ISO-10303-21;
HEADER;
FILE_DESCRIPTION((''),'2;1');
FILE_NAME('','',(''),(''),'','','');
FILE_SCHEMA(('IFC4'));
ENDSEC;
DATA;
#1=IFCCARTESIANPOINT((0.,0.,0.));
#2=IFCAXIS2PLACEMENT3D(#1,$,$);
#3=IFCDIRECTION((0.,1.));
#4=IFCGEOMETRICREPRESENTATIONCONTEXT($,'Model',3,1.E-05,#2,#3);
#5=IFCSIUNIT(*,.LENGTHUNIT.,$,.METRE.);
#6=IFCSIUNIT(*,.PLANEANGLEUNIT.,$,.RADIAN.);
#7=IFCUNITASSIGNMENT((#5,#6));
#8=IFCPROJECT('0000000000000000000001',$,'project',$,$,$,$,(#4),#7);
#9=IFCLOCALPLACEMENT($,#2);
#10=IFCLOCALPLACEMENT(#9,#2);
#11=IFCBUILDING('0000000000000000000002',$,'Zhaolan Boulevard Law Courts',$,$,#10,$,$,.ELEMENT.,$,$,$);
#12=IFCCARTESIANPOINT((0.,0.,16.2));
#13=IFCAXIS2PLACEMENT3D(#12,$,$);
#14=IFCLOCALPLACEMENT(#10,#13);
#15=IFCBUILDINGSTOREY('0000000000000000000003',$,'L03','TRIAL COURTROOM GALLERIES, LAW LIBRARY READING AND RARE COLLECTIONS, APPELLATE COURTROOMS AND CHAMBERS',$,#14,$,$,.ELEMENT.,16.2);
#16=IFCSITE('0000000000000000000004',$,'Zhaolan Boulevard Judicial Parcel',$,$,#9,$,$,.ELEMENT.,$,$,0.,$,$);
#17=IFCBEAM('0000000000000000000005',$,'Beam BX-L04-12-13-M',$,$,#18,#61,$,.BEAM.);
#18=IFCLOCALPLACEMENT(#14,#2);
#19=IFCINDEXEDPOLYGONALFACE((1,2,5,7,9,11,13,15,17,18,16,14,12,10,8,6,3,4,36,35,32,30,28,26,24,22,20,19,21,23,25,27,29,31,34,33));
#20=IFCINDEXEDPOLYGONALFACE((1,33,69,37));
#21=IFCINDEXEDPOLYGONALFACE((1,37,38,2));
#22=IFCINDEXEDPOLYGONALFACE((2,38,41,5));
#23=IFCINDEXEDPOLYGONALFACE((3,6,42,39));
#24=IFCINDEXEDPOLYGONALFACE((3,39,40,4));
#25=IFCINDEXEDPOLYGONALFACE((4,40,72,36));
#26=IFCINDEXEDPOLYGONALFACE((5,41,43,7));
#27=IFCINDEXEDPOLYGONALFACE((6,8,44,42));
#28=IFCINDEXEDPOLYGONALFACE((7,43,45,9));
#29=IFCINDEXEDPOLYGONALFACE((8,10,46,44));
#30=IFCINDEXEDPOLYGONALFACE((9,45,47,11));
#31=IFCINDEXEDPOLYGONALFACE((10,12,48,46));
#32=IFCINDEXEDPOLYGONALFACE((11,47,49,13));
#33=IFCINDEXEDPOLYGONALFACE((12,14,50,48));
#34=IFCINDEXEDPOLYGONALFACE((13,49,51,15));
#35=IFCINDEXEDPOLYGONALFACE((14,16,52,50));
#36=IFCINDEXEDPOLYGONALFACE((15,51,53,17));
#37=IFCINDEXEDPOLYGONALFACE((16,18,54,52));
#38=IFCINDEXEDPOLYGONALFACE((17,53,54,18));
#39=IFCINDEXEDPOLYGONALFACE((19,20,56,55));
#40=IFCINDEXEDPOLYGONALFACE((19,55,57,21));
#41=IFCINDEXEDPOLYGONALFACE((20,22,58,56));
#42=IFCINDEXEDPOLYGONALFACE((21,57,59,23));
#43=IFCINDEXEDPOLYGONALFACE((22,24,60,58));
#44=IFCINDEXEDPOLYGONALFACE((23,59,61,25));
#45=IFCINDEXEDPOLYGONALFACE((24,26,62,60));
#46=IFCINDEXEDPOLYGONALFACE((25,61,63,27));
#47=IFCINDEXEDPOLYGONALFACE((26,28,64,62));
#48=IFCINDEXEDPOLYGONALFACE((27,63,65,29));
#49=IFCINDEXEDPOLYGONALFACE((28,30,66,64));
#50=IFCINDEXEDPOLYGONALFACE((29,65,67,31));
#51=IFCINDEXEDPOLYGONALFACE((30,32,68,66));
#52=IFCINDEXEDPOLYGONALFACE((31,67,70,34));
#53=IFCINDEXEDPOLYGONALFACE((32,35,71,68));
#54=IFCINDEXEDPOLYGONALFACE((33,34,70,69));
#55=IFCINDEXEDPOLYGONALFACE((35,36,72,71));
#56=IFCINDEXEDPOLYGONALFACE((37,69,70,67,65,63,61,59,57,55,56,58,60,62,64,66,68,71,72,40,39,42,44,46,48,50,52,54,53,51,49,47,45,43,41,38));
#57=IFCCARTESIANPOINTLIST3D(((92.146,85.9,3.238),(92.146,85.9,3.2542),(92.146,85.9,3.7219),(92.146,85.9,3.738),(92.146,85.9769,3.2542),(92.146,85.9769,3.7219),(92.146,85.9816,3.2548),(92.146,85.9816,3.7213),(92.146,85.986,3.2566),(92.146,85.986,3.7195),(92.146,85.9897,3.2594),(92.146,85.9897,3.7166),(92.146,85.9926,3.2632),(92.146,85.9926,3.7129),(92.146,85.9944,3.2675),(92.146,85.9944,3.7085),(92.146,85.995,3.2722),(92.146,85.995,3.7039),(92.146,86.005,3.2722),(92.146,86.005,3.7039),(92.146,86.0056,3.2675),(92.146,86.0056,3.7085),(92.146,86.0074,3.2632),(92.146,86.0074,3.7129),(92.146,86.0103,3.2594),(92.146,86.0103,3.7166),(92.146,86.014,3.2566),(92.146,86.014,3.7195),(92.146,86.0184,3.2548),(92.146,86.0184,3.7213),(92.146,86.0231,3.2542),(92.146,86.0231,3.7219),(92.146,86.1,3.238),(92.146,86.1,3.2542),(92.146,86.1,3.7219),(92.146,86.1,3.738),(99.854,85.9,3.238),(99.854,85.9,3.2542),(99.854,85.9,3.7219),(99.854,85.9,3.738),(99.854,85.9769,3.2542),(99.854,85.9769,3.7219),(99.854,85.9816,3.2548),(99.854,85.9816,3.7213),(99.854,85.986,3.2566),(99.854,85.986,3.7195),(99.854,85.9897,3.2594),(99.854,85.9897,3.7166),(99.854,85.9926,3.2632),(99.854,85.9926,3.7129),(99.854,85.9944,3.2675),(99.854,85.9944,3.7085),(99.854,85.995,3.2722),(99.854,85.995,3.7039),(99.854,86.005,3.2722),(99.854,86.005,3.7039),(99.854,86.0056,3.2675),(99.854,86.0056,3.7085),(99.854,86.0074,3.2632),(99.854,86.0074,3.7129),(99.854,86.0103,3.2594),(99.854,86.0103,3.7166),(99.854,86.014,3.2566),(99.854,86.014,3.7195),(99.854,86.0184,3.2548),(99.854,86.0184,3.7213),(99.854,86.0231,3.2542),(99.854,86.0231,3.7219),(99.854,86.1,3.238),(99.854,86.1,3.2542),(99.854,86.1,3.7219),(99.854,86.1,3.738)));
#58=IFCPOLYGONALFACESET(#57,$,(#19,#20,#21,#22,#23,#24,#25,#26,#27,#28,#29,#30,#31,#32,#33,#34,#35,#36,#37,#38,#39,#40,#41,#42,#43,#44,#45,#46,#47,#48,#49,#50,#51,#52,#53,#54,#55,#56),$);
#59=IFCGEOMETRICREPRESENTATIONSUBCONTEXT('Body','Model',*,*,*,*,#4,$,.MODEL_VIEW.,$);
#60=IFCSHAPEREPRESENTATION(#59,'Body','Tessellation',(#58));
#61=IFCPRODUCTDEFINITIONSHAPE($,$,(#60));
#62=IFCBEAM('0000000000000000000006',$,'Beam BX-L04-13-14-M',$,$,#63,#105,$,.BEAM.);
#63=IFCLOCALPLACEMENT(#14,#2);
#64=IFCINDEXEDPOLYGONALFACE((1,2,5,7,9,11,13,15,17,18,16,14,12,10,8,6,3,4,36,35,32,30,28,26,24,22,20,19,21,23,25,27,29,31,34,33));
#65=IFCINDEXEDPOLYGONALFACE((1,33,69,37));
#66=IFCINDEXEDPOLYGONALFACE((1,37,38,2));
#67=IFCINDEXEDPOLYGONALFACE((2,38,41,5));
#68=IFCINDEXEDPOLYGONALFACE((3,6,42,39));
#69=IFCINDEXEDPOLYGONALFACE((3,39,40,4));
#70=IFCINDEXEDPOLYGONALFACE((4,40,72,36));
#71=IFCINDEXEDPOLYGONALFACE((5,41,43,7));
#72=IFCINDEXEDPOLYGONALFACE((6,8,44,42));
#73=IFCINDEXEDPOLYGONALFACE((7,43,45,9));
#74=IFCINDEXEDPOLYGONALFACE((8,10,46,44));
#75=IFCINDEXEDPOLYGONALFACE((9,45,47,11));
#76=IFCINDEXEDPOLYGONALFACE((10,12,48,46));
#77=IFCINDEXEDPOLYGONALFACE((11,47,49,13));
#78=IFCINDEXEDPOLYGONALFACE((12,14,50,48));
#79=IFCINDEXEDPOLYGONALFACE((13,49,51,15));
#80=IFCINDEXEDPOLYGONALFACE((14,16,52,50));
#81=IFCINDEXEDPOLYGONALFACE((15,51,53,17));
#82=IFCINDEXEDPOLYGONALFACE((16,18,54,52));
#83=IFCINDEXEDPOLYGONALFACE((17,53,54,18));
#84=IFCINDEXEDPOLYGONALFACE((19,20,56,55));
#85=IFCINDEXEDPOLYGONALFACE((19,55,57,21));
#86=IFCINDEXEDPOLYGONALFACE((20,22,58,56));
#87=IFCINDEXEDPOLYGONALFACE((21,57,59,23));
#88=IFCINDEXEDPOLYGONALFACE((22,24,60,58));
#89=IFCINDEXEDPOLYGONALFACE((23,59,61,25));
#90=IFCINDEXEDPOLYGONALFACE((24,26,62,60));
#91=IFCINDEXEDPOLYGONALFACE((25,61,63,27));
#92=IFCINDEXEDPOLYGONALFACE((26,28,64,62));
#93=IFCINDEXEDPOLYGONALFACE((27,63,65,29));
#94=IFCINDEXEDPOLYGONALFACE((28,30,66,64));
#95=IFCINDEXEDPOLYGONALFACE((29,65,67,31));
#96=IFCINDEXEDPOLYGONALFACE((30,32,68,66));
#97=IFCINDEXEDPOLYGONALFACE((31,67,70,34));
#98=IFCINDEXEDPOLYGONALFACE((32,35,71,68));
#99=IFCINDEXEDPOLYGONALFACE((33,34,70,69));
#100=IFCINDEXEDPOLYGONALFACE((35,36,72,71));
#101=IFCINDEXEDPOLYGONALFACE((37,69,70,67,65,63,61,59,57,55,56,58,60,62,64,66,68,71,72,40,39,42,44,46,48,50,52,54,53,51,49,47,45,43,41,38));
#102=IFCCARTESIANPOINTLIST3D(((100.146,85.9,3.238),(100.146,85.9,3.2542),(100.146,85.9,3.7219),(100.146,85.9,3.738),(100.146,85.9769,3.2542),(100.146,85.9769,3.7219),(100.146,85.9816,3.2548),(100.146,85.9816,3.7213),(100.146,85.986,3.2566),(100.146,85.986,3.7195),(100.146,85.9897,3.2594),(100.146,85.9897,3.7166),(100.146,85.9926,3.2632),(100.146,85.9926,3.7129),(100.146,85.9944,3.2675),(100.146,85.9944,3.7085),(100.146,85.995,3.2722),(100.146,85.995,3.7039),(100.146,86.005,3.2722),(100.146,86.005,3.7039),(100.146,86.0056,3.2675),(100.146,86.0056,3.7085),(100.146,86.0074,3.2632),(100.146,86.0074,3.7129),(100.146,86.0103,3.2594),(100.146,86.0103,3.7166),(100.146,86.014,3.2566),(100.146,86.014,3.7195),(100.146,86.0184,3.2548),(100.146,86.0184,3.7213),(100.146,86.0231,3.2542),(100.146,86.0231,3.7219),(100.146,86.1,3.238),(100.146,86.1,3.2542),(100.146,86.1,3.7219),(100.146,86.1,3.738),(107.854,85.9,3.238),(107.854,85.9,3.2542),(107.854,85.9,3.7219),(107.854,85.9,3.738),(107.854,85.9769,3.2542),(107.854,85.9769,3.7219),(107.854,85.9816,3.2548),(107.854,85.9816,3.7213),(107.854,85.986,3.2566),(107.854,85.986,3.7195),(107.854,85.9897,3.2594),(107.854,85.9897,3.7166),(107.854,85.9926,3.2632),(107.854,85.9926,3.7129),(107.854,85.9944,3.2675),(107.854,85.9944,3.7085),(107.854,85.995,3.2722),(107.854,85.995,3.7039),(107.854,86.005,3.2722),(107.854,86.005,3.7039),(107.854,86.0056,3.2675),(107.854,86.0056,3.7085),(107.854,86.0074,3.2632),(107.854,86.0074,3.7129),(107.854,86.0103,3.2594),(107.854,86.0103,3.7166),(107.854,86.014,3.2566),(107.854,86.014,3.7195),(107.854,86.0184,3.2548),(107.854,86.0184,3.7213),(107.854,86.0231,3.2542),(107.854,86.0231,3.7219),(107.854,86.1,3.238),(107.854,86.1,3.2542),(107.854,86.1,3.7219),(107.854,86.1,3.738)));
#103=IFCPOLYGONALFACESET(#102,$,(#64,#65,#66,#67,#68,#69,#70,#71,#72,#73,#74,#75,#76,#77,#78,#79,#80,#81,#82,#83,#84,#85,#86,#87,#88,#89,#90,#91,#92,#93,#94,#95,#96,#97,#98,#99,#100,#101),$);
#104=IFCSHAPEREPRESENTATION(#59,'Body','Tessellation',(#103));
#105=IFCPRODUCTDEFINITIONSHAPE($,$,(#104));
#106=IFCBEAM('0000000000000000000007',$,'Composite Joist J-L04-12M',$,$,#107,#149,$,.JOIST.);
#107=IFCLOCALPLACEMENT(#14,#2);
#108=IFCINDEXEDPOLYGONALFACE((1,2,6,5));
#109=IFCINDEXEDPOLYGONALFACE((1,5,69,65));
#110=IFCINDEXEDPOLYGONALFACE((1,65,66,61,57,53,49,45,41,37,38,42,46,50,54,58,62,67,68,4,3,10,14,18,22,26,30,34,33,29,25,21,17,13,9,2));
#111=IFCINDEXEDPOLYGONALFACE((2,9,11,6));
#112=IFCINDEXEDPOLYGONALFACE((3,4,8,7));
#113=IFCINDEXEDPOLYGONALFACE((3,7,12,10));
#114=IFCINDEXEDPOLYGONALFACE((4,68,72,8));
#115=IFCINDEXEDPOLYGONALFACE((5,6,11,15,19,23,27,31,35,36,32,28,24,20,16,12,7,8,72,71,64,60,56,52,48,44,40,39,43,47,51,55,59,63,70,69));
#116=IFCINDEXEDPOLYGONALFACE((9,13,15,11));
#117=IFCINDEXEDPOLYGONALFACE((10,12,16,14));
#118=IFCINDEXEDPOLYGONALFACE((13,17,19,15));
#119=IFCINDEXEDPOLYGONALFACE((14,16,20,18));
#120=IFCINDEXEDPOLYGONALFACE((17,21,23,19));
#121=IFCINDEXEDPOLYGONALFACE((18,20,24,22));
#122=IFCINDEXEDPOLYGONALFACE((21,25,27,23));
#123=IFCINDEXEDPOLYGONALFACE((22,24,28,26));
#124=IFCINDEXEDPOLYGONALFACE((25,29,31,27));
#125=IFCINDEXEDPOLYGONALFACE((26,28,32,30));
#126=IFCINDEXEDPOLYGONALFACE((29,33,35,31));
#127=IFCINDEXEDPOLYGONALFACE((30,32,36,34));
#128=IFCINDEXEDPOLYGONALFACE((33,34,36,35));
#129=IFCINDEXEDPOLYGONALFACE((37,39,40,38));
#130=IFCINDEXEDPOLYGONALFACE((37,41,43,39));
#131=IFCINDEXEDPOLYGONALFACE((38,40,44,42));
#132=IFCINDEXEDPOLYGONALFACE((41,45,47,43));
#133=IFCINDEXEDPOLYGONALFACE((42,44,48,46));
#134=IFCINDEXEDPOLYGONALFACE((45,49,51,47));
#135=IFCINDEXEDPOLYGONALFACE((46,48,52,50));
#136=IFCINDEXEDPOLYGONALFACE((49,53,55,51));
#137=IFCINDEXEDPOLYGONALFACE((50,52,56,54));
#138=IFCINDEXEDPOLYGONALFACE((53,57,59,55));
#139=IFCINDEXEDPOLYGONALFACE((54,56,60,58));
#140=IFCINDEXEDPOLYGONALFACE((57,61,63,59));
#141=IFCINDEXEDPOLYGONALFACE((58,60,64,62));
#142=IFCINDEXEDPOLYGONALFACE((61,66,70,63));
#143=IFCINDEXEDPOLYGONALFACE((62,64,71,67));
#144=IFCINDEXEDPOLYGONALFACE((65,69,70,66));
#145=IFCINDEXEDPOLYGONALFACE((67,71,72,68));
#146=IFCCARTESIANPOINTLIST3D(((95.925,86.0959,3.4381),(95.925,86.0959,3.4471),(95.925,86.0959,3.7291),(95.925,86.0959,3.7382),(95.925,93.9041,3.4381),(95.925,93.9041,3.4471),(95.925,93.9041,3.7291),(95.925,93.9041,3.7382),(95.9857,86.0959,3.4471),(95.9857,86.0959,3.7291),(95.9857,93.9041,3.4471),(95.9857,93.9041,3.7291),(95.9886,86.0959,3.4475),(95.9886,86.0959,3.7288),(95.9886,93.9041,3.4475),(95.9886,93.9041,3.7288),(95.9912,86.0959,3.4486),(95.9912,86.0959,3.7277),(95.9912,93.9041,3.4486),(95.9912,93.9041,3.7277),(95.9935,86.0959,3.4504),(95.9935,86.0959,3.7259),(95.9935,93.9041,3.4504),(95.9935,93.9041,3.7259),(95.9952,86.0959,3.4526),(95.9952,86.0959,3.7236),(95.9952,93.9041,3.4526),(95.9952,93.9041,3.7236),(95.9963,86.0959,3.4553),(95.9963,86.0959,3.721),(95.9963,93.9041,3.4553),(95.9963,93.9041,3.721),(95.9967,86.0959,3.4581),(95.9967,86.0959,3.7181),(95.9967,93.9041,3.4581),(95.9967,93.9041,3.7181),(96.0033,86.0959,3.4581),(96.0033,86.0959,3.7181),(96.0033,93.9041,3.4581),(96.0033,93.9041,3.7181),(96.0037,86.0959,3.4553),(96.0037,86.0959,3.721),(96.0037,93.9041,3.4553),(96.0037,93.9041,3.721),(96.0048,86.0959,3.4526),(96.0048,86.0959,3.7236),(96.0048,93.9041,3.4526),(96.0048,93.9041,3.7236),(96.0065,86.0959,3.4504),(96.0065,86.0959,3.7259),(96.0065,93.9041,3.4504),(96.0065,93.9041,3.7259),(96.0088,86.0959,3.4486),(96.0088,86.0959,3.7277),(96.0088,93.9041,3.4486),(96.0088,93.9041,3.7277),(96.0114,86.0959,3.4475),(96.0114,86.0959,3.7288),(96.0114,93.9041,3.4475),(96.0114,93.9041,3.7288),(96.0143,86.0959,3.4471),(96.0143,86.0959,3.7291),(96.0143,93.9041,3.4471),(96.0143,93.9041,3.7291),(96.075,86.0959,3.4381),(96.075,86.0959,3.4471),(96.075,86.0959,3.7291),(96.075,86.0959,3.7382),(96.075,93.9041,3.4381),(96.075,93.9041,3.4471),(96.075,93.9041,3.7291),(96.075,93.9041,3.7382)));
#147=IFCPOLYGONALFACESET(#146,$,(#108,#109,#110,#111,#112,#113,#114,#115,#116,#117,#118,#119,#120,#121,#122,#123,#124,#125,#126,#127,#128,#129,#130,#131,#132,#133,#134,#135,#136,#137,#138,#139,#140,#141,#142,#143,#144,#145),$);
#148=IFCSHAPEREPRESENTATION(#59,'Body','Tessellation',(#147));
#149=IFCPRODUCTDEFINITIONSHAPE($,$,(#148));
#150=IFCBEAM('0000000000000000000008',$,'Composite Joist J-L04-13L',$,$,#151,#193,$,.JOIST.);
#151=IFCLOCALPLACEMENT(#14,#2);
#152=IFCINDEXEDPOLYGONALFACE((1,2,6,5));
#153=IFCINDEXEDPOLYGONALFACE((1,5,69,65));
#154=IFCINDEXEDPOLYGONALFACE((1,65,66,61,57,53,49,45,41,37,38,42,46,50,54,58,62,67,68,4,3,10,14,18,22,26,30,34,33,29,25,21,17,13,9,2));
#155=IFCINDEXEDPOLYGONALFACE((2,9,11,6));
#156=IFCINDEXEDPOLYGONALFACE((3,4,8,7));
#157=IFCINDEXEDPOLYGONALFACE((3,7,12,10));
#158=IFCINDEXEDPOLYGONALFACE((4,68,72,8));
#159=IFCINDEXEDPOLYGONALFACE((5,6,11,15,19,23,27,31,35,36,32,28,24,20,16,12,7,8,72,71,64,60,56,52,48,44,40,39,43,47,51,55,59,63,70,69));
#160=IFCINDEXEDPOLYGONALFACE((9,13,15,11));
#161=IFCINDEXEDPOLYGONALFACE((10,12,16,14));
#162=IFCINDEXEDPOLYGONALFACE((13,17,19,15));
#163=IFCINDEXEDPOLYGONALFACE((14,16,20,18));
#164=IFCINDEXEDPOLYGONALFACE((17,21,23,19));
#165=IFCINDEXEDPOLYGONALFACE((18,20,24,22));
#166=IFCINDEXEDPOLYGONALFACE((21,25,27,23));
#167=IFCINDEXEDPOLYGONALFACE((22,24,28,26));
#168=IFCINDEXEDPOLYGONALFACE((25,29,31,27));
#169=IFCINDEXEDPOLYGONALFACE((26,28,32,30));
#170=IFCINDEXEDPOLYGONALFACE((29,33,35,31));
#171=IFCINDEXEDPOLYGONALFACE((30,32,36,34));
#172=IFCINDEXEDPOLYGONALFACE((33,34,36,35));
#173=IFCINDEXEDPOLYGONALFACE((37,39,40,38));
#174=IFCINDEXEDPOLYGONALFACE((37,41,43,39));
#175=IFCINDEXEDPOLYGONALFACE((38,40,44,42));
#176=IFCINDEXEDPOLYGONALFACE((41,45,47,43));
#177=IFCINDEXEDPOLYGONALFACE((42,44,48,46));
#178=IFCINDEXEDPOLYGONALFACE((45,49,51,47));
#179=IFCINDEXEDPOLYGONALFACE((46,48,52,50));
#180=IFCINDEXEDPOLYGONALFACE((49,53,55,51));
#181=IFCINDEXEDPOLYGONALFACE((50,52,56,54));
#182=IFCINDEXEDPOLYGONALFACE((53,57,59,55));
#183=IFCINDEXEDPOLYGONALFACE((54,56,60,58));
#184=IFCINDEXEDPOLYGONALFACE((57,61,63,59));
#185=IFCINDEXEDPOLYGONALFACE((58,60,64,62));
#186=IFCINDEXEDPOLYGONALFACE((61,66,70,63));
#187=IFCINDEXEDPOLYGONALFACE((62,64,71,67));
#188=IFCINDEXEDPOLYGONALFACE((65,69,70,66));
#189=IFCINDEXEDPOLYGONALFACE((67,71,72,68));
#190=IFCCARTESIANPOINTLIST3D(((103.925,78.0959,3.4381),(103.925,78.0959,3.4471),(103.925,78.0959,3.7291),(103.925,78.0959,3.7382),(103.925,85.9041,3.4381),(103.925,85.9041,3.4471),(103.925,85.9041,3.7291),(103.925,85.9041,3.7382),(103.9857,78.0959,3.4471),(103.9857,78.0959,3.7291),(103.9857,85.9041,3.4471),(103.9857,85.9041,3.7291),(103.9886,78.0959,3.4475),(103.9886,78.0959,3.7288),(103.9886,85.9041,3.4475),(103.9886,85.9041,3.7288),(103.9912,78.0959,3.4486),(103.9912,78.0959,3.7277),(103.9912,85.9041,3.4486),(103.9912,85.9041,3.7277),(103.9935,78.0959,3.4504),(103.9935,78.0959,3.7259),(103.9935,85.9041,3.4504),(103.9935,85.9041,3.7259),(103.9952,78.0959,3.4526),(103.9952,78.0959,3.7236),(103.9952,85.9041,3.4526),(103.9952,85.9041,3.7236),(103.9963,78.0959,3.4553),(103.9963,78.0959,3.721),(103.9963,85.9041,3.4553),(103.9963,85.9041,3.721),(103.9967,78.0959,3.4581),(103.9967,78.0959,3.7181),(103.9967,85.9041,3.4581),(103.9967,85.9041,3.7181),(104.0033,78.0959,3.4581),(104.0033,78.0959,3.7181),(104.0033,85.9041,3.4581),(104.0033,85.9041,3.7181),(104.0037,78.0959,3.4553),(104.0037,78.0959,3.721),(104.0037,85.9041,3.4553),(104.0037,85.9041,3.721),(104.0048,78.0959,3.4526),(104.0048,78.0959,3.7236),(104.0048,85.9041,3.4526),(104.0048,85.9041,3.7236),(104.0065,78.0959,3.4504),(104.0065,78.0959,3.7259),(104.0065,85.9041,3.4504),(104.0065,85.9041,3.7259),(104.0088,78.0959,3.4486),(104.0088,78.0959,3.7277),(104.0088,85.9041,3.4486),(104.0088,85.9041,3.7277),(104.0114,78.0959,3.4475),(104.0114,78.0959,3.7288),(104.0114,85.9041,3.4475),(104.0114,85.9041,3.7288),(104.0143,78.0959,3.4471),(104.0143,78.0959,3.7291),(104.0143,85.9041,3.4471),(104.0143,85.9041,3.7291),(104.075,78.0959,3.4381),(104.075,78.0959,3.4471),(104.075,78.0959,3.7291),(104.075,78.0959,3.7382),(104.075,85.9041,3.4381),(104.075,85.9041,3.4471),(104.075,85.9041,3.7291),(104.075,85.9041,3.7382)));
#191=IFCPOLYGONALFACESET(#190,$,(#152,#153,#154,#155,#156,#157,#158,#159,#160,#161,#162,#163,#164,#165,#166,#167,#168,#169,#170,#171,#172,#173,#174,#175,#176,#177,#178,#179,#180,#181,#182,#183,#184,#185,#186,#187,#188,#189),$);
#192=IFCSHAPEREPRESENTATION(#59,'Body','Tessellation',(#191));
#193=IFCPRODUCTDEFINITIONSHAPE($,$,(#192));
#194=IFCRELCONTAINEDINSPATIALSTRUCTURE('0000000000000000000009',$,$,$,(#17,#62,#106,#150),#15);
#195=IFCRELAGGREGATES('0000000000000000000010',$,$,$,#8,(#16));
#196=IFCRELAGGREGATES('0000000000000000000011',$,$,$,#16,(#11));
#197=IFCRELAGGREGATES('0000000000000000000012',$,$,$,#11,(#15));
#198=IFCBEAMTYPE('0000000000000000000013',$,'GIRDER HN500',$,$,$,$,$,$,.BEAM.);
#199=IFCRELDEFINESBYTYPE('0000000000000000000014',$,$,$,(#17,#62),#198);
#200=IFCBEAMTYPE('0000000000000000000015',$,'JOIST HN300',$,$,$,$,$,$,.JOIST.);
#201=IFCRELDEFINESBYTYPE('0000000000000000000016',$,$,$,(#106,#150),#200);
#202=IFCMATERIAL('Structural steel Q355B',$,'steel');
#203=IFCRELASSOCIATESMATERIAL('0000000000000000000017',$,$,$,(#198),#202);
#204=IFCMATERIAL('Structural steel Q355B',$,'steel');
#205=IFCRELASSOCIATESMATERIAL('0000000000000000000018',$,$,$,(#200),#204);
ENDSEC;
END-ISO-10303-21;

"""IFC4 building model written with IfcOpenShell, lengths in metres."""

from ifc_helpers import new_model, si_unit, direction, frame, origin, origin_2d, place, context, subcontext, project, spatial, i_section, extrude, material, material_profile, profile_set, type_object, element, save


model = new_model("IFC4")

# Units and contexts
model_context = context("Model", 3, precision=1e-05, world=origin(), true_north=direction((0.0, 1.0)))
body_context = subcontext(model_context, "Body", "Model", "MODEL_VIEW")
ifc_project = project(units=[si_unit("LENGTHUNIT", "METRE"), si_unit("PLANEANGLEUNIT", "RADIAN")], contexts=[model_context])

# Site, building, storey
site_placement = place(None, origin())
site = spatial("IfcSite", under=ifc_project, at=site_placement, Name="Zhaolan Boulevard Judicial Parcel", CompositionType="ELEMENT", RefElevation=0.0)
building_placement = place(site_placement, origin())
building = spatial("IfcBuilding", under=site, at=building_placement, Name="Zhaolan Boulevard Law Courts", CompositionType="ELEMENT")
storey_placement = place(building_placement, frame((0.0, 0.0, 16.2)))
storey = spatial("IfcBuildingStorey", under=building, at=storey_placement, Name="L03", Description="TRIAL COURTROOM GALLERIES, LAW LIBRARY READING AND RARE COLLECTIONS, APPELLATE COURTROOMS AND CHAMBERS", CompositionType="ELEMENT", Elevation=16.2)

# Beams
ifc_material_1 = material(Name="Structural steel Q355B", Category="steel")
ifc_material_profile_1 = material_profile(ifc_material_1, i_section(OverallWidth=0.2, OverallDepth=0.5, WebThickness=0.01, FlangeThickness=0.0161, FilletRadius=0.0181, at=origin_2d()), Name="HN500x200")
ifc_profile_set_1 = profile_set([ifc_material_profile_1], Name="Structural steel Q355B")
beam_type_1 = type_object("IfcBeamType", Name="GIRDER HN500", PredefinedType="BEAM", material=ifc_profile_set_1)
for number, where, z_axis, x_axis, name in (
    (1, (92.146, 86.0, 3.488), (1.0, 0.0, 0.0), (0.0, 1.0, 0.0), "Beam BX-L04-12-13-M"),
    (2, (100.146, 86.0, 3.488), (1.0, 0.0, 0.0), (0.0, 1.0, 0.0), "Beam BX-L04-13-14-M"),
):
    element("IfcBeam", number, at=place(storey_placement, frame(where, z_axis=z_axis, x_axis=x_axis)), inside=storey, type_object=beam_type_1, Name=name, PredefinedType="BEAM", context=body_context, shape_type="SweptSolid", body=[
        extrude(i_section(OverallWidth=0.2, OverallDepth=0.5, WebThickness=0.01, FlangeThickness=0.0161, FilletRadius=0.0181, at=origin_2d()), origin(), (0.0, 0.0, 1.0), 7.708),
    ])
ifc_material_2 = material(Name="Structural steel Q355B", Category="steel")
ifc_material_profile_2 = material_profile(ifc_material_2, i_section(OverallWidth=0.1499, OverallDepth=0.3, WebThickness=0.0066, FlangeThickness=0.009, FilletRadius=0.011, at=origin_2d()), Name="HN300x150")
ifc_profile_set_2 = profile_set([ifc_material_profile_2], Name="Structural steel Q355B")
beam_type_2 = type_object("IfcBeamType", Name="JOIST HN300", PredefinedType="JOIST", material=ifc_profile_set_2)
for number, where, z_axis, x_axis, name in (
    (3, (96.0, 86.0959, 3.5881), (0.0, 1.0, 0.0), (-1.0, 0.0, 0.0), "Composite Joist J-L04-12M"),
    (4, (104.0, 78.0959, 3.5881), (0.0, 1.0, 0.0), (-1.0, 0.0, 0.0), "Composite Joist J-L04-13L"),
):
    element("IfcBeam", number, at=place(storey_placement, frame(where, z_axis=z_axis, x_axis=x_axis)), inside=storey, type_object=beam_type_2, Name=name, PredefinedType="JOIST", context=body_context, shape_type="SweptSolid", body=[
        extrude(i_section(OverallWidth=0.1499, OverallDepth=0.3, WebThickness=0.0066, FlangeThickness=0.009, FilletRadius=0.011, at=origin_2d()), origin(), (0.0, 0.0, 1.0), 7.8081),
    ])

save(model, "model.ifc")
